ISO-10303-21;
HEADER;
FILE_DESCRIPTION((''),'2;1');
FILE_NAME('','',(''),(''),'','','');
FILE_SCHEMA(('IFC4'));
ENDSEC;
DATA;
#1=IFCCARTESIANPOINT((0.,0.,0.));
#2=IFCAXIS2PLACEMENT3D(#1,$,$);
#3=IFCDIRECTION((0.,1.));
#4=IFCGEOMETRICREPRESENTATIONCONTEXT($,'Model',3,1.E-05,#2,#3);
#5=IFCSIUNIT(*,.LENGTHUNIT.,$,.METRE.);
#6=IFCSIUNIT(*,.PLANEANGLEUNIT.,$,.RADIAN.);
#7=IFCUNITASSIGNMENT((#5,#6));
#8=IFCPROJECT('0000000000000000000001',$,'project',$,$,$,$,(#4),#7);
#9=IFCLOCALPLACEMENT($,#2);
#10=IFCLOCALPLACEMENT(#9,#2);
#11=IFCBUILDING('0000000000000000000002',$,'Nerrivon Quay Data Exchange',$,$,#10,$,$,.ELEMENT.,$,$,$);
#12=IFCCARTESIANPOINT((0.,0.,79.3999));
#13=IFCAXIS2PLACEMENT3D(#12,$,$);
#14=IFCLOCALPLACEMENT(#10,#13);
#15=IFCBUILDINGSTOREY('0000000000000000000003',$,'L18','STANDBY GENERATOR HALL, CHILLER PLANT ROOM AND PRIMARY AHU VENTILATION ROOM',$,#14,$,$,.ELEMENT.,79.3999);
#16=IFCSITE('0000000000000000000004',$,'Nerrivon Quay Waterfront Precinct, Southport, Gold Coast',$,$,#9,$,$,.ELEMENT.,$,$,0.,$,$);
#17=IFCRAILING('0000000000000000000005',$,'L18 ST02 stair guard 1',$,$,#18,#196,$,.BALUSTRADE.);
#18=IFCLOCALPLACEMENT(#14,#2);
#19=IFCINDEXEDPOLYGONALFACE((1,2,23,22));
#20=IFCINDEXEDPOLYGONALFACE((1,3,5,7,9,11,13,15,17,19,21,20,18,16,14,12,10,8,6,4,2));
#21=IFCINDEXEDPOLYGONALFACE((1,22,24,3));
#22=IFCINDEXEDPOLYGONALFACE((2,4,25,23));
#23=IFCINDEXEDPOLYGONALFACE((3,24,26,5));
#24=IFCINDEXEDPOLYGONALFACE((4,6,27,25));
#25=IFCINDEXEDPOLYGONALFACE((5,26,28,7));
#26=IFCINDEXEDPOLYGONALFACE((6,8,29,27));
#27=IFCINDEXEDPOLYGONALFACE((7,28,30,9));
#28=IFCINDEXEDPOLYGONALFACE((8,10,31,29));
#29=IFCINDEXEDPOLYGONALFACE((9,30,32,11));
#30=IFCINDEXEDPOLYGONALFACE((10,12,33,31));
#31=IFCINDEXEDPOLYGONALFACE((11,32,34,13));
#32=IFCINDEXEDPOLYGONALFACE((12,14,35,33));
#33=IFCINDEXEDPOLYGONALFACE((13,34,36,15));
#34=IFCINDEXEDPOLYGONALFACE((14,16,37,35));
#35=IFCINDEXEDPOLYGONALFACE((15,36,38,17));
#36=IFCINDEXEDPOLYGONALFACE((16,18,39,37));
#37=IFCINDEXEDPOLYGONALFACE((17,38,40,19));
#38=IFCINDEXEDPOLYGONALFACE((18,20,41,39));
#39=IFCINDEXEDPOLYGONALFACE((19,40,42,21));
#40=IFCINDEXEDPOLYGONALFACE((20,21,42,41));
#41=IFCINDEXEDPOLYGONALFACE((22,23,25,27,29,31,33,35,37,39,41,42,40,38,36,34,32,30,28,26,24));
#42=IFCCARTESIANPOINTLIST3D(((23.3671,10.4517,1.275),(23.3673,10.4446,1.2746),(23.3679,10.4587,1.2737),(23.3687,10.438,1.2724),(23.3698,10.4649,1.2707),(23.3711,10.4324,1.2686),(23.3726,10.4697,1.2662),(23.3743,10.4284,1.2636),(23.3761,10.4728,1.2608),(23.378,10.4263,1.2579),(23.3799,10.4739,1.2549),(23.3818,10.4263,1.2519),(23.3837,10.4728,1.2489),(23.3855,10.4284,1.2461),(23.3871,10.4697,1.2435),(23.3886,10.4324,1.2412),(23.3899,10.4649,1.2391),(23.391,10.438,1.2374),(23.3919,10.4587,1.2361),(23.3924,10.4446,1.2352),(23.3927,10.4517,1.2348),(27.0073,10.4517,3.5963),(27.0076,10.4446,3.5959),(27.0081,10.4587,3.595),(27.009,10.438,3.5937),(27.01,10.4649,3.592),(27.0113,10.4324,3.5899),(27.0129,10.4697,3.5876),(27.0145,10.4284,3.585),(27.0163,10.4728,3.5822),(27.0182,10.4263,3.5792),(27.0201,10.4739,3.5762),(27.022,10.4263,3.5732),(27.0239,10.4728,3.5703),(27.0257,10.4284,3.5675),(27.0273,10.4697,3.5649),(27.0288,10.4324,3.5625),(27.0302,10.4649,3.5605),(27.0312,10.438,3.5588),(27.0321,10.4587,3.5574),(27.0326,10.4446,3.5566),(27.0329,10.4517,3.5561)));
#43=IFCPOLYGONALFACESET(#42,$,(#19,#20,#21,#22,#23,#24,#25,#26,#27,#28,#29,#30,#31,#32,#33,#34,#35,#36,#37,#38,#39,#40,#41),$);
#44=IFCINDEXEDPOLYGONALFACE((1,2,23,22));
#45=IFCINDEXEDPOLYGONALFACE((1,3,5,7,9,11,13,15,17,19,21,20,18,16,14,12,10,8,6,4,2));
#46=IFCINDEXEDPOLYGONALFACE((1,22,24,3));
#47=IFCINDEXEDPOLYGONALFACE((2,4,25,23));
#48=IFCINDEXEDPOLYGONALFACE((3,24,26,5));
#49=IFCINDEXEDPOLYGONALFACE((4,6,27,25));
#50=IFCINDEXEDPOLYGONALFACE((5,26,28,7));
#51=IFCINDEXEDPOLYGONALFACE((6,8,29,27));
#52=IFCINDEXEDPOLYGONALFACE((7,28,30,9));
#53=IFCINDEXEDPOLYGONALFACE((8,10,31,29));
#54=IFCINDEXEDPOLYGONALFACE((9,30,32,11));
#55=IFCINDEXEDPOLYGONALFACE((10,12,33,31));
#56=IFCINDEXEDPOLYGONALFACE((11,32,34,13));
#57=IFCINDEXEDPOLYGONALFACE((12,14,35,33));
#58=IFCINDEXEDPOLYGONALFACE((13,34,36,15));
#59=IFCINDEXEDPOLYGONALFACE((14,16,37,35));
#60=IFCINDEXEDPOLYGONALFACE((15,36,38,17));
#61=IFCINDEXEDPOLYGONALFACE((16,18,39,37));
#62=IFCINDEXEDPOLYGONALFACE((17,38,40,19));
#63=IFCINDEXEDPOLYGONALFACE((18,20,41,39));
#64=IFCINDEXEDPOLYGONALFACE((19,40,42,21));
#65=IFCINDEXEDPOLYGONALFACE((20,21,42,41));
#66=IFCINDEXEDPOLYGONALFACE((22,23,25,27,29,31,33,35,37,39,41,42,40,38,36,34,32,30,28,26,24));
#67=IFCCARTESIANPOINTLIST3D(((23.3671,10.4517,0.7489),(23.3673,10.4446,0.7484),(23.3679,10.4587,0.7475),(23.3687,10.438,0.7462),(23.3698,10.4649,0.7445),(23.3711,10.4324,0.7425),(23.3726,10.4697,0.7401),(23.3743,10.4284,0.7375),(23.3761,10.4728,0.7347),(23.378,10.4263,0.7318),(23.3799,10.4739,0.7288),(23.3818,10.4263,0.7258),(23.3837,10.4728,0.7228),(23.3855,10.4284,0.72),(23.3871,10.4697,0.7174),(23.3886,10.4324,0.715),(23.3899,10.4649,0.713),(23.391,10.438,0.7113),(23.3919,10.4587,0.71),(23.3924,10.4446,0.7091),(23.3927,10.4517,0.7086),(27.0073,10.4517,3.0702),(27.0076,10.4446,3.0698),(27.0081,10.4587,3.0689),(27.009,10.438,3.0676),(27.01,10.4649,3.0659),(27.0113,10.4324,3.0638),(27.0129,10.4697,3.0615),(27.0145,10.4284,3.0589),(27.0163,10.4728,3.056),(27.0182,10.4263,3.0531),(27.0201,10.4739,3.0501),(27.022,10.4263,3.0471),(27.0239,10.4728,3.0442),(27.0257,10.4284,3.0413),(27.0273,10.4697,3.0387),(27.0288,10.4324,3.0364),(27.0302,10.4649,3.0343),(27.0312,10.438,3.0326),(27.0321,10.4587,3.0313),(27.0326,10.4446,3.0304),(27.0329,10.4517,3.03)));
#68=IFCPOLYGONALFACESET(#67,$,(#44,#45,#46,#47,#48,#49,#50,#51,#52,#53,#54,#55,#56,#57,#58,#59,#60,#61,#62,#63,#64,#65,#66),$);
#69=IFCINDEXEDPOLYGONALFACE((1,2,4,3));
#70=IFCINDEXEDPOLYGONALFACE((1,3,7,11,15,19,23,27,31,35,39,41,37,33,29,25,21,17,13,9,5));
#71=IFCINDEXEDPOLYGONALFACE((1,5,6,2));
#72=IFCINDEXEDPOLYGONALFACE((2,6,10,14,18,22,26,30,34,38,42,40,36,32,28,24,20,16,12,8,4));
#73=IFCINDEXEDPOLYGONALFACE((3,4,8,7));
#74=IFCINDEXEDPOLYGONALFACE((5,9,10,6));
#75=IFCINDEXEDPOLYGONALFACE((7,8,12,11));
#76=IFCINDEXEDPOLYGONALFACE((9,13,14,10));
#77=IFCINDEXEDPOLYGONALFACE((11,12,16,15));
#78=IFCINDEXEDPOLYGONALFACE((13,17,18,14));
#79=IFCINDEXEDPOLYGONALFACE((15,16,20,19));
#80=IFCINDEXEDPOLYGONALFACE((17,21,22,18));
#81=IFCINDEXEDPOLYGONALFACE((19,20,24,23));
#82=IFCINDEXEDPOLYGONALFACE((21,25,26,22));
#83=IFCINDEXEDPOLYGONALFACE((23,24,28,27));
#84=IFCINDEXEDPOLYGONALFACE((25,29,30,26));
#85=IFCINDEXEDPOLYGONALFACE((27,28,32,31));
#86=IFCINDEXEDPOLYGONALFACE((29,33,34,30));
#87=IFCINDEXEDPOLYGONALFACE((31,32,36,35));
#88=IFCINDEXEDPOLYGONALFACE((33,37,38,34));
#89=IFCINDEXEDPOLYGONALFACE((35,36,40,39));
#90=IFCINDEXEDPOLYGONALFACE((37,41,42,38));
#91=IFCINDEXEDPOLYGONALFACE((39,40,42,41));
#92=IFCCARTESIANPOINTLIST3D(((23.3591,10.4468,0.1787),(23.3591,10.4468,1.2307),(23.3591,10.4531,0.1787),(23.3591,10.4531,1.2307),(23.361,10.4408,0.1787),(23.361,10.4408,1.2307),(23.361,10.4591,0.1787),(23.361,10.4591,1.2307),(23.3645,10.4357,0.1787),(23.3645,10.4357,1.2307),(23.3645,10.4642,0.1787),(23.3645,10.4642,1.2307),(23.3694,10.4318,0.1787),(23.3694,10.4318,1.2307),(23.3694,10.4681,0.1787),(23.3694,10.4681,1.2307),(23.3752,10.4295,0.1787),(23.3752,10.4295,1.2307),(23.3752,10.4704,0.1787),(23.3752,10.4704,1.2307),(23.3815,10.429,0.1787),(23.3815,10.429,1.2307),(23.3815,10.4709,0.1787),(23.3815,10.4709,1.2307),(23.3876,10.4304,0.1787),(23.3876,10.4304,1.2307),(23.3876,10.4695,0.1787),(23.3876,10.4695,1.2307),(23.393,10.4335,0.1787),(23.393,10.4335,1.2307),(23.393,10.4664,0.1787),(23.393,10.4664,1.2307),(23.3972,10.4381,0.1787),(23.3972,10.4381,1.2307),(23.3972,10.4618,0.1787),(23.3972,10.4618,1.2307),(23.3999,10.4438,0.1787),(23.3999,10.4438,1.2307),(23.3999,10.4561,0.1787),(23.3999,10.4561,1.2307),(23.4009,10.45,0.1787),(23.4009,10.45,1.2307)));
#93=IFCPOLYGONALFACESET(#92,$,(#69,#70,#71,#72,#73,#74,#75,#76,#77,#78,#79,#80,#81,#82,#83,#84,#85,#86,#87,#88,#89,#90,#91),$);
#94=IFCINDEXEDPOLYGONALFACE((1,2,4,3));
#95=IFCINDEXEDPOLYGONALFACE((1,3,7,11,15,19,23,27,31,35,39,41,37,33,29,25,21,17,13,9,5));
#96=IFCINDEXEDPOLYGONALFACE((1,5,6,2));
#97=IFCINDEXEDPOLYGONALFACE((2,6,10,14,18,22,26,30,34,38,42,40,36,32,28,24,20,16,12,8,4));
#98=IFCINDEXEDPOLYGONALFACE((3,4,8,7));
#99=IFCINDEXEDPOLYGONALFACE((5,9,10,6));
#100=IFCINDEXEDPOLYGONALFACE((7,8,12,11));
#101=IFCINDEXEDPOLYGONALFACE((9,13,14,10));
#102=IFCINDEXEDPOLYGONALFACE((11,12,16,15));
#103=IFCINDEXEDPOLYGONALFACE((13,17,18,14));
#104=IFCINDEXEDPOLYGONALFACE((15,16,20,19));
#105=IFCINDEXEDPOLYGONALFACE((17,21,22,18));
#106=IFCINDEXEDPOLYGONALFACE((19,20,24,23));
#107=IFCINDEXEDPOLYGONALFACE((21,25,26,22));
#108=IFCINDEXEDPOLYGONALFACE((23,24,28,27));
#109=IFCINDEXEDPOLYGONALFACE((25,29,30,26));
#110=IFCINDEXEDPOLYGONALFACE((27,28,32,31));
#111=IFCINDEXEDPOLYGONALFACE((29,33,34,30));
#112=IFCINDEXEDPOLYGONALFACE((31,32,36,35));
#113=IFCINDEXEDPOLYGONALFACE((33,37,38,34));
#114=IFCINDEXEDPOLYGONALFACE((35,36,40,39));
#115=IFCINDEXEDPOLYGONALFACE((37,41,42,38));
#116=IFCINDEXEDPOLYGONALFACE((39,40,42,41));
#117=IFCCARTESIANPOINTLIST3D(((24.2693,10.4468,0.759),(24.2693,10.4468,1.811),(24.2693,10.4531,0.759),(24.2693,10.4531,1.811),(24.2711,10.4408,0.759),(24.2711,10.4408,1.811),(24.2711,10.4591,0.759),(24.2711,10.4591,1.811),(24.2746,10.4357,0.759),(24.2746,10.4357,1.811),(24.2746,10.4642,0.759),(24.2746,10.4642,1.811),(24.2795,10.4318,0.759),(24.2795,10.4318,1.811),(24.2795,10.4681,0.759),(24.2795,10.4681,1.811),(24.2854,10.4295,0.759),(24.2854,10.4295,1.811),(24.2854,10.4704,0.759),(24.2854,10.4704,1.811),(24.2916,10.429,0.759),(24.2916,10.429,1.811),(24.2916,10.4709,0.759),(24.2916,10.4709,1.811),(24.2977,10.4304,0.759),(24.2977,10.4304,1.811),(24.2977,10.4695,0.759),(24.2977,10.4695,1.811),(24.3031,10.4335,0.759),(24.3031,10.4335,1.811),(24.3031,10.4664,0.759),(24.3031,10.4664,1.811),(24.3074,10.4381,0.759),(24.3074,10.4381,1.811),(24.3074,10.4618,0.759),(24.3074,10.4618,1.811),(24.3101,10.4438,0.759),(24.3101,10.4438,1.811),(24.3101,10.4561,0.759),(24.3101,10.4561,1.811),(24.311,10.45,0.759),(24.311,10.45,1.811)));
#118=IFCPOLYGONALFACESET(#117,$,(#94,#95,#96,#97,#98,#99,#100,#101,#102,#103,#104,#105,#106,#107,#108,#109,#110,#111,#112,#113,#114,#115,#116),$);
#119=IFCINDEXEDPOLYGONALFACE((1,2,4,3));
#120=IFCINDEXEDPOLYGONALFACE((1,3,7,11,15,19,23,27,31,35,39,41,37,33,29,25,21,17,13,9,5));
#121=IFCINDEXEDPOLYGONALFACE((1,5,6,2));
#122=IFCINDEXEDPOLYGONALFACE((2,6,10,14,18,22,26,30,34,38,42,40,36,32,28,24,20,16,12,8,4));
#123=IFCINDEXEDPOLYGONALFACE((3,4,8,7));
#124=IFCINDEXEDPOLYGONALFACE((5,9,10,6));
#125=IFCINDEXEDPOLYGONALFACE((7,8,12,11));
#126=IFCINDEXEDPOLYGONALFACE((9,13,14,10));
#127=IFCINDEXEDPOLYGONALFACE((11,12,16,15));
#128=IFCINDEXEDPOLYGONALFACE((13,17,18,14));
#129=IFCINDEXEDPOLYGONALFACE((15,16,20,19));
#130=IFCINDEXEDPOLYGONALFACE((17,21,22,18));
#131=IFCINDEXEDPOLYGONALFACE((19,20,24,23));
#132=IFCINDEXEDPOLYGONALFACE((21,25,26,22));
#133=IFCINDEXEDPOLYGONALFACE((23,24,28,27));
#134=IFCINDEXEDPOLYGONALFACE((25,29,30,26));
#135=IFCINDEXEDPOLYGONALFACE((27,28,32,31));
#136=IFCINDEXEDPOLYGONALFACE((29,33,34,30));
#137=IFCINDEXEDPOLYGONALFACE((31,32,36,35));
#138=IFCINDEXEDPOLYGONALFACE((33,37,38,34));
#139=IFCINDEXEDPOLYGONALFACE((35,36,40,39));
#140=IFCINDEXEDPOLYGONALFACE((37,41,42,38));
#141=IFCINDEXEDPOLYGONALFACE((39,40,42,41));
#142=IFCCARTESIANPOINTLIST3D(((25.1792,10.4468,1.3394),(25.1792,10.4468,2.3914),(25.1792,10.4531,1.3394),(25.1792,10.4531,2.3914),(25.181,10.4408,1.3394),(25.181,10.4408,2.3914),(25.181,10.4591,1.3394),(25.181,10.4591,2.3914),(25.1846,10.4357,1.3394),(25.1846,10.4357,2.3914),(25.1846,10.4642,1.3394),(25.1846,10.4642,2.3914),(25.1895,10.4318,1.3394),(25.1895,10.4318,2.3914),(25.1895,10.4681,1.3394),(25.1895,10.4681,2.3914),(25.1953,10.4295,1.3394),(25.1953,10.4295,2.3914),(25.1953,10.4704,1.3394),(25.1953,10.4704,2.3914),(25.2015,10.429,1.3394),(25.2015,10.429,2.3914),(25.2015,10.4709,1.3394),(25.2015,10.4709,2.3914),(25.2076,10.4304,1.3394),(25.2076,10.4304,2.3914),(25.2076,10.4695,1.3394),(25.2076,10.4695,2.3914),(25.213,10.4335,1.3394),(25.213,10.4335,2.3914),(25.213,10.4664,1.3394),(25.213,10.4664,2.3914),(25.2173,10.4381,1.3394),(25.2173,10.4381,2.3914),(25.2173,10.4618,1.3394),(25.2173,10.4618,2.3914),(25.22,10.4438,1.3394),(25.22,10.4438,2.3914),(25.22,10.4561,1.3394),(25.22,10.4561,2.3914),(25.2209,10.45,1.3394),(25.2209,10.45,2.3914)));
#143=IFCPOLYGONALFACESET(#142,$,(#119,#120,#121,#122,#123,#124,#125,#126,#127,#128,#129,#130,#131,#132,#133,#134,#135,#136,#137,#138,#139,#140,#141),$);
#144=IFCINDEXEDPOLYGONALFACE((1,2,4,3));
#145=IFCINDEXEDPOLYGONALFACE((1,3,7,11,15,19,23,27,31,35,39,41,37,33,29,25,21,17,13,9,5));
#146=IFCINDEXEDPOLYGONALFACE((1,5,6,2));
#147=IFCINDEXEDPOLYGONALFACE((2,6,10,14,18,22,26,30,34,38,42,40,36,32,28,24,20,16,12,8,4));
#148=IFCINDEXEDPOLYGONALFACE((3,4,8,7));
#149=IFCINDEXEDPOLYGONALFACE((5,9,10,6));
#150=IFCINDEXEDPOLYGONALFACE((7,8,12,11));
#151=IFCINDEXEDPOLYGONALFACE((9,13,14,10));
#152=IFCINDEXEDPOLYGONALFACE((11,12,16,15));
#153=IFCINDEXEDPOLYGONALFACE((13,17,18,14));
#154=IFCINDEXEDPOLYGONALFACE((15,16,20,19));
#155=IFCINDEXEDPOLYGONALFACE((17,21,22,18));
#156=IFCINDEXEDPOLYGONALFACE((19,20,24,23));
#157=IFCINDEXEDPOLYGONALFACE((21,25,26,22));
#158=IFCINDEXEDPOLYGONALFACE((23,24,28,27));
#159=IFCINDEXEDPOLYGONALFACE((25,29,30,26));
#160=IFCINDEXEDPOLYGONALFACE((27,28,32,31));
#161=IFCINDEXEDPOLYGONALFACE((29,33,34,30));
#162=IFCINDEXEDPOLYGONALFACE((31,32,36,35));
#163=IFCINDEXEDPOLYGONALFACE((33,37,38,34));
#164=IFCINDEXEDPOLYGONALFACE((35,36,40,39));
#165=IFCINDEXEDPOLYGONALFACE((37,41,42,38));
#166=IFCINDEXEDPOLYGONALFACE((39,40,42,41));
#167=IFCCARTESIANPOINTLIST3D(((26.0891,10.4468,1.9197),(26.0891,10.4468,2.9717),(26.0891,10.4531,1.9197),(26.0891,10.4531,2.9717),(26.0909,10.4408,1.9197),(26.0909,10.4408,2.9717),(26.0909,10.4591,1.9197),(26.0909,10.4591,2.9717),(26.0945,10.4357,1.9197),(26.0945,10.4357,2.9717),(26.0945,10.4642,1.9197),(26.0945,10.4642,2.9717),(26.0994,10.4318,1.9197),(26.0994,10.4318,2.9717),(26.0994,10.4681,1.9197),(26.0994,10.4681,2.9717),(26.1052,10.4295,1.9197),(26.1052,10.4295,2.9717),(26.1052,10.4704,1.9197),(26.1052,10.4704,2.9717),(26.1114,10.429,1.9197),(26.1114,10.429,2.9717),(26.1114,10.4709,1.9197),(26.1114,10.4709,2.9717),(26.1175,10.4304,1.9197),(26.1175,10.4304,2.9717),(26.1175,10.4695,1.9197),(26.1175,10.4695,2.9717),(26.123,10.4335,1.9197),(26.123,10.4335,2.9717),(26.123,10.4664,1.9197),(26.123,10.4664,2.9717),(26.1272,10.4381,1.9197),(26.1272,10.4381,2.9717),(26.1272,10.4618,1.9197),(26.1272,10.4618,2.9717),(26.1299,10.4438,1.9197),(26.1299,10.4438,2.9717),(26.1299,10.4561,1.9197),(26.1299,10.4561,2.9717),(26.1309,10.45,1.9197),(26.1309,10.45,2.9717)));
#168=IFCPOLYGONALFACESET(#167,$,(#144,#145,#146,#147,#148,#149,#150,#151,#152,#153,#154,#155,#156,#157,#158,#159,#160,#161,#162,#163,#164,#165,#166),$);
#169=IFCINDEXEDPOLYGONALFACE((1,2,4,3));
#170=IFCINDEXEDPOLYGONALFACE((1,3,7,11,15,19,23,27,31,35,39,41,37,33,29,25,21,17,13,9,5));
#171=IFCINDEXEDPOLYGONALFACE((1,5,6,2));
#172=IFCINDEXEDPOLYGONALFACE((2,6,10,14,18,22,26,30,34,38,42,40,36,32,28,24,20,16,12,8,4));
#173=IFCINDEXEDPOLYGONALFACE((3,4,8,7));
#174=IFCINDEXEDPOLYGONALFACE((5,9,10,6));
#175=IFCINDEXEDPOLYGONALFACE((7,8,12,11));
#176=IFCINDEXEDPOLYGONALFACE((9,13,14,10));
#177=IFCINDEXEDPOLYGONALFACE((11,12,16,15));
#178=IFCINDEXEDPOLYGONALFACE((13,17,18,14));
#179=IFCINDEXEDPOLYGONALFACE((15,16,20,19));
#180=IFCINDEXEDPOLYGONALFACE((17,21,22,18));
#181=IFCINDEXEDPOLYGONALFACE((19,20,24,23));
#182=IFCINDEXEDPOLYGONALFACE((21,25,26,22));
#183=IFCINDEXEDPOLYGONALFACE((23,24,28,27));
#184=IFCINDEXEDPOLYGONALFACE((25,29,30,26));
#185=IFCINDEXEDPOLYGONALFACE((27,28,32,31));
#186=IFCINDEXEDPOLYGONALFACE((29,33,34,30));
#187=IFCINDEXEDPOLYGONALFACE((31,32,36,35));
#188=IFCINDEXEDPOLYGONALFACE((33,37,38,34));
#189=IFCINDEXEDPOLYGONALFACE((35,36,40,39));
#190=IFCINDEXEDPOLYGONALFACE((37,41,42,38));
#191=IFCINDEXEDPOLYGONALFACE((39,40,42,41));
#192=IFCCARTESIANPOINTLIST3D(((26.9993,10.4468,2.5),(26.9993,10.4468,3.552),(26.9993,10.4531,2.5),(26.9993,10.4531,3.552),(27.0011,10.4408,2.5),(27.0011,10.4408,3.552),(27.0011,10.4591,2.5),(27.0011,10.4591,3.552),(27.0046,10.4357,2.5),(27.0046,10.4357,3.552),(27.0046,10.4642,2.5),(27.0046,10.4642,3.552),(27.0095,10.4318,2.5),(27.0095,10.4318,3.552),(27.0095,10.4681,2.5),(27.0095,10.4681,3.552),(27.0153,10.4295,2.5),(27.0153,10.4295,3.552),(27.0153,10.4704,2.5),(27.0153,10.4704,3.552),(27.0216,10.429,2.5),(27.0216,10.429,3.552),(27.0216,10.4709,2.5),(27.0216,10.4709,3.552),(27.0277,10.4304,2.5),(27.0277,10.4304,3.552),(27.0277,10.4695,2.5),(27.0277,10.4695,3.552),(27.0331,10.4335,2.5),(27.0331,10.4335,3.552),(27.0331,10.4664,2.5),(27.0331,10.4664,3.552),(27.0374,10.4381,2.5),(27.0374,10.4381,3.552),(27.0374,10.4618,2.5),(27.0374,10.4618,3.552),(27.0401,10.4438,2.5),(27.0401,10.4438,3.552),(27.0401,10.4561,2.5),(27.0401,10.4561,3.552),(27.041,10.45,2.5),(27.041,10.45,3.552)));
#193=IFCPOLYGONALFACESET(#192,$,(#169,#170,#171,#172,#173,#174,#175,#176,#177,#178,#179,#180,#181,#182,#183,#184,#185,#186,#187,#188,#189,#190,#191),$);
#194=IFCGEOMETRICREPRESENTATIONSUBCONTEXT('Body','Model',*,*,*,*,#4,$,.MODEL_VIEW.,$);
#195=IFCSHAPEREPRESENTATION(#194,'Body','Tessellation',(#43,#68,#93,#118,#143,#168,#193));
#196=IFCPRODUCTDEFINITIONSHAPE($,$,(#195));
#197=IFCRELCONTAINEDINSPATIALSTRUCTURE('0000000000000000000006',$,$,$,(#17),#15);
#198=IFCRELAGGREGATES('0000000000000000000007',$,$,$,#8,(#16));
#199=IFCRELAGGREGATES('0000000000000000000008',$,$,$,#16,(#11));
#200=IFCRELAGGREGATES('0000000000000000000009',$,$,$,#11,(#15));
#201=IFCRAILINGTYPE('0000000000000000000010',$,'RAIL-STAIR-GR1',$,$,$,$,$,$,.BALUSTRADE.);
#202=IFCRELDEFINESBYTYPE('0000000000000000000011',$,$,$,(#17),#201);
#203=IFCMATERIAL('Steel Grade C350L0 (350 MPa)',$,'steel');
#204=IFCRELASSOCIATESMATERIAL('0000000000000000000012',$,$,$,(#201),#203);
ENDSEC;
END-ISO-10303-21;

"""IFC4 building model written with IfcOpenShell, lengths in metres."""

from ifc_helpers import new_model, si_unit, direction, frame, origin, origin_2d, place, context, subcontext, project, spatial, circle, extrude, material, type_object, element, save


model = new_model("IFC4")

# Units and contexts
model_context = context("Model", 3, precision=1e-05, world=origin(), true_north=direction((0.0, 1.0)))
body_context = subcontext(model_context, "Body", "Model", "MODEL_VIEW")
ifc_project = project(units=[si_unit("LENGTHUNIT", "METRE"), si_unit("PLANEANGLEUNIT", "RADIAN")], contexts=[model_context])

# Site, building, storey
site_placement = place(None, origin())
site = spatial("IfcSite", under=ifc_project, at=site_placement, Name="Nerrivon Quay Waterfront Precinct, Southport, Gold Coast", CompositionType="ELEMENT", RefElevation=0.0)
building_placement = place(site_placement, origin())
building = spatial("IfcBuilding", under=site, at=building_placement, Name="Nerrivon Quay Data Exchange", CompositionType="ELEMENT")
storey_placement = place(building_placement, frame((0.0, 0.0, 79.3999)))
storey = spatial("IfcBuildingStorey", under=building, at=storey_placement, Name="L18", Description="STANDBY GENERATOR HALL, CHILLER PLANT ROOM AND PRIMARY AHU VENTILATION ROOM", CompositionType="ELEMENT", Elevation=79.3999)

# Railing
ifc_material_1 = material(Name="Steel Grade C350L0 (350 MPa)", Category="steel")
railing_type_1 = type_object("IfcRailingType", Name="RAIL-STAIR-GR1", PredefinedType="BALUSTRADE", material=ifc_material_1)
railing_1_placement = place(storey_placement, frame((23.3799, 10.45, 0.1787)))
element("IfcRailing", 1, at=railing_1_placement, inside=storey, type_object=railing_type_1, Name="L18 ST02 stair guard 1", PredefinedType="BALUSTRADE", context=body_context, shape_type="SweptSolid", body=[
    extrude(circle(Radius=0.0239, at=origin_2d()), frame((0.0, 0.0, 1.0762), z_axis=(0.843153, 0.0, 0.537673), x_axis=(0.0, 1.0, 0.0)), (0.0, 0.0, 1.0), 4.3174),
    extrude(circle(Radius=0.0239, at=origin_2d()), frame((0.0, 0.0, 0.55), z_axis=(0.843153, 0.0, 0.537673), x_axis=(0.0, 1.0, 0.0)), (0.0, 0.0, 1.0), 4.3174),
    extrude(circle(Radius=0.021, at=origin_2d()), origin(), (0.0, 0.0, 1.0), 1.052),
    extrude(circle(Radius=0.021, at=origin_2d()), frame((0.9102, 0.0, 0.5803)), (0.0, 0.0, 1.0), 1.052),
    extrude(circle(Radius=0.021, at=origin_2d()), frame((1.8201, 0.0, 1.1606)), (0.0, 0.0, 1.0), 1.052),
    extrude(circle(Radius=0.021, at=origin_2d()), frame((2.73, 0.0, 1.741)), (0.0, 0.0, 1.0), 1.052),
    extrude(circle(Radius=0.021, at=origin_2d()), frame((3.6401, 0.0, 2.3213)), (0.0, 0.0, 1.0), 1.052),
])

save(model, "model.ifc")
